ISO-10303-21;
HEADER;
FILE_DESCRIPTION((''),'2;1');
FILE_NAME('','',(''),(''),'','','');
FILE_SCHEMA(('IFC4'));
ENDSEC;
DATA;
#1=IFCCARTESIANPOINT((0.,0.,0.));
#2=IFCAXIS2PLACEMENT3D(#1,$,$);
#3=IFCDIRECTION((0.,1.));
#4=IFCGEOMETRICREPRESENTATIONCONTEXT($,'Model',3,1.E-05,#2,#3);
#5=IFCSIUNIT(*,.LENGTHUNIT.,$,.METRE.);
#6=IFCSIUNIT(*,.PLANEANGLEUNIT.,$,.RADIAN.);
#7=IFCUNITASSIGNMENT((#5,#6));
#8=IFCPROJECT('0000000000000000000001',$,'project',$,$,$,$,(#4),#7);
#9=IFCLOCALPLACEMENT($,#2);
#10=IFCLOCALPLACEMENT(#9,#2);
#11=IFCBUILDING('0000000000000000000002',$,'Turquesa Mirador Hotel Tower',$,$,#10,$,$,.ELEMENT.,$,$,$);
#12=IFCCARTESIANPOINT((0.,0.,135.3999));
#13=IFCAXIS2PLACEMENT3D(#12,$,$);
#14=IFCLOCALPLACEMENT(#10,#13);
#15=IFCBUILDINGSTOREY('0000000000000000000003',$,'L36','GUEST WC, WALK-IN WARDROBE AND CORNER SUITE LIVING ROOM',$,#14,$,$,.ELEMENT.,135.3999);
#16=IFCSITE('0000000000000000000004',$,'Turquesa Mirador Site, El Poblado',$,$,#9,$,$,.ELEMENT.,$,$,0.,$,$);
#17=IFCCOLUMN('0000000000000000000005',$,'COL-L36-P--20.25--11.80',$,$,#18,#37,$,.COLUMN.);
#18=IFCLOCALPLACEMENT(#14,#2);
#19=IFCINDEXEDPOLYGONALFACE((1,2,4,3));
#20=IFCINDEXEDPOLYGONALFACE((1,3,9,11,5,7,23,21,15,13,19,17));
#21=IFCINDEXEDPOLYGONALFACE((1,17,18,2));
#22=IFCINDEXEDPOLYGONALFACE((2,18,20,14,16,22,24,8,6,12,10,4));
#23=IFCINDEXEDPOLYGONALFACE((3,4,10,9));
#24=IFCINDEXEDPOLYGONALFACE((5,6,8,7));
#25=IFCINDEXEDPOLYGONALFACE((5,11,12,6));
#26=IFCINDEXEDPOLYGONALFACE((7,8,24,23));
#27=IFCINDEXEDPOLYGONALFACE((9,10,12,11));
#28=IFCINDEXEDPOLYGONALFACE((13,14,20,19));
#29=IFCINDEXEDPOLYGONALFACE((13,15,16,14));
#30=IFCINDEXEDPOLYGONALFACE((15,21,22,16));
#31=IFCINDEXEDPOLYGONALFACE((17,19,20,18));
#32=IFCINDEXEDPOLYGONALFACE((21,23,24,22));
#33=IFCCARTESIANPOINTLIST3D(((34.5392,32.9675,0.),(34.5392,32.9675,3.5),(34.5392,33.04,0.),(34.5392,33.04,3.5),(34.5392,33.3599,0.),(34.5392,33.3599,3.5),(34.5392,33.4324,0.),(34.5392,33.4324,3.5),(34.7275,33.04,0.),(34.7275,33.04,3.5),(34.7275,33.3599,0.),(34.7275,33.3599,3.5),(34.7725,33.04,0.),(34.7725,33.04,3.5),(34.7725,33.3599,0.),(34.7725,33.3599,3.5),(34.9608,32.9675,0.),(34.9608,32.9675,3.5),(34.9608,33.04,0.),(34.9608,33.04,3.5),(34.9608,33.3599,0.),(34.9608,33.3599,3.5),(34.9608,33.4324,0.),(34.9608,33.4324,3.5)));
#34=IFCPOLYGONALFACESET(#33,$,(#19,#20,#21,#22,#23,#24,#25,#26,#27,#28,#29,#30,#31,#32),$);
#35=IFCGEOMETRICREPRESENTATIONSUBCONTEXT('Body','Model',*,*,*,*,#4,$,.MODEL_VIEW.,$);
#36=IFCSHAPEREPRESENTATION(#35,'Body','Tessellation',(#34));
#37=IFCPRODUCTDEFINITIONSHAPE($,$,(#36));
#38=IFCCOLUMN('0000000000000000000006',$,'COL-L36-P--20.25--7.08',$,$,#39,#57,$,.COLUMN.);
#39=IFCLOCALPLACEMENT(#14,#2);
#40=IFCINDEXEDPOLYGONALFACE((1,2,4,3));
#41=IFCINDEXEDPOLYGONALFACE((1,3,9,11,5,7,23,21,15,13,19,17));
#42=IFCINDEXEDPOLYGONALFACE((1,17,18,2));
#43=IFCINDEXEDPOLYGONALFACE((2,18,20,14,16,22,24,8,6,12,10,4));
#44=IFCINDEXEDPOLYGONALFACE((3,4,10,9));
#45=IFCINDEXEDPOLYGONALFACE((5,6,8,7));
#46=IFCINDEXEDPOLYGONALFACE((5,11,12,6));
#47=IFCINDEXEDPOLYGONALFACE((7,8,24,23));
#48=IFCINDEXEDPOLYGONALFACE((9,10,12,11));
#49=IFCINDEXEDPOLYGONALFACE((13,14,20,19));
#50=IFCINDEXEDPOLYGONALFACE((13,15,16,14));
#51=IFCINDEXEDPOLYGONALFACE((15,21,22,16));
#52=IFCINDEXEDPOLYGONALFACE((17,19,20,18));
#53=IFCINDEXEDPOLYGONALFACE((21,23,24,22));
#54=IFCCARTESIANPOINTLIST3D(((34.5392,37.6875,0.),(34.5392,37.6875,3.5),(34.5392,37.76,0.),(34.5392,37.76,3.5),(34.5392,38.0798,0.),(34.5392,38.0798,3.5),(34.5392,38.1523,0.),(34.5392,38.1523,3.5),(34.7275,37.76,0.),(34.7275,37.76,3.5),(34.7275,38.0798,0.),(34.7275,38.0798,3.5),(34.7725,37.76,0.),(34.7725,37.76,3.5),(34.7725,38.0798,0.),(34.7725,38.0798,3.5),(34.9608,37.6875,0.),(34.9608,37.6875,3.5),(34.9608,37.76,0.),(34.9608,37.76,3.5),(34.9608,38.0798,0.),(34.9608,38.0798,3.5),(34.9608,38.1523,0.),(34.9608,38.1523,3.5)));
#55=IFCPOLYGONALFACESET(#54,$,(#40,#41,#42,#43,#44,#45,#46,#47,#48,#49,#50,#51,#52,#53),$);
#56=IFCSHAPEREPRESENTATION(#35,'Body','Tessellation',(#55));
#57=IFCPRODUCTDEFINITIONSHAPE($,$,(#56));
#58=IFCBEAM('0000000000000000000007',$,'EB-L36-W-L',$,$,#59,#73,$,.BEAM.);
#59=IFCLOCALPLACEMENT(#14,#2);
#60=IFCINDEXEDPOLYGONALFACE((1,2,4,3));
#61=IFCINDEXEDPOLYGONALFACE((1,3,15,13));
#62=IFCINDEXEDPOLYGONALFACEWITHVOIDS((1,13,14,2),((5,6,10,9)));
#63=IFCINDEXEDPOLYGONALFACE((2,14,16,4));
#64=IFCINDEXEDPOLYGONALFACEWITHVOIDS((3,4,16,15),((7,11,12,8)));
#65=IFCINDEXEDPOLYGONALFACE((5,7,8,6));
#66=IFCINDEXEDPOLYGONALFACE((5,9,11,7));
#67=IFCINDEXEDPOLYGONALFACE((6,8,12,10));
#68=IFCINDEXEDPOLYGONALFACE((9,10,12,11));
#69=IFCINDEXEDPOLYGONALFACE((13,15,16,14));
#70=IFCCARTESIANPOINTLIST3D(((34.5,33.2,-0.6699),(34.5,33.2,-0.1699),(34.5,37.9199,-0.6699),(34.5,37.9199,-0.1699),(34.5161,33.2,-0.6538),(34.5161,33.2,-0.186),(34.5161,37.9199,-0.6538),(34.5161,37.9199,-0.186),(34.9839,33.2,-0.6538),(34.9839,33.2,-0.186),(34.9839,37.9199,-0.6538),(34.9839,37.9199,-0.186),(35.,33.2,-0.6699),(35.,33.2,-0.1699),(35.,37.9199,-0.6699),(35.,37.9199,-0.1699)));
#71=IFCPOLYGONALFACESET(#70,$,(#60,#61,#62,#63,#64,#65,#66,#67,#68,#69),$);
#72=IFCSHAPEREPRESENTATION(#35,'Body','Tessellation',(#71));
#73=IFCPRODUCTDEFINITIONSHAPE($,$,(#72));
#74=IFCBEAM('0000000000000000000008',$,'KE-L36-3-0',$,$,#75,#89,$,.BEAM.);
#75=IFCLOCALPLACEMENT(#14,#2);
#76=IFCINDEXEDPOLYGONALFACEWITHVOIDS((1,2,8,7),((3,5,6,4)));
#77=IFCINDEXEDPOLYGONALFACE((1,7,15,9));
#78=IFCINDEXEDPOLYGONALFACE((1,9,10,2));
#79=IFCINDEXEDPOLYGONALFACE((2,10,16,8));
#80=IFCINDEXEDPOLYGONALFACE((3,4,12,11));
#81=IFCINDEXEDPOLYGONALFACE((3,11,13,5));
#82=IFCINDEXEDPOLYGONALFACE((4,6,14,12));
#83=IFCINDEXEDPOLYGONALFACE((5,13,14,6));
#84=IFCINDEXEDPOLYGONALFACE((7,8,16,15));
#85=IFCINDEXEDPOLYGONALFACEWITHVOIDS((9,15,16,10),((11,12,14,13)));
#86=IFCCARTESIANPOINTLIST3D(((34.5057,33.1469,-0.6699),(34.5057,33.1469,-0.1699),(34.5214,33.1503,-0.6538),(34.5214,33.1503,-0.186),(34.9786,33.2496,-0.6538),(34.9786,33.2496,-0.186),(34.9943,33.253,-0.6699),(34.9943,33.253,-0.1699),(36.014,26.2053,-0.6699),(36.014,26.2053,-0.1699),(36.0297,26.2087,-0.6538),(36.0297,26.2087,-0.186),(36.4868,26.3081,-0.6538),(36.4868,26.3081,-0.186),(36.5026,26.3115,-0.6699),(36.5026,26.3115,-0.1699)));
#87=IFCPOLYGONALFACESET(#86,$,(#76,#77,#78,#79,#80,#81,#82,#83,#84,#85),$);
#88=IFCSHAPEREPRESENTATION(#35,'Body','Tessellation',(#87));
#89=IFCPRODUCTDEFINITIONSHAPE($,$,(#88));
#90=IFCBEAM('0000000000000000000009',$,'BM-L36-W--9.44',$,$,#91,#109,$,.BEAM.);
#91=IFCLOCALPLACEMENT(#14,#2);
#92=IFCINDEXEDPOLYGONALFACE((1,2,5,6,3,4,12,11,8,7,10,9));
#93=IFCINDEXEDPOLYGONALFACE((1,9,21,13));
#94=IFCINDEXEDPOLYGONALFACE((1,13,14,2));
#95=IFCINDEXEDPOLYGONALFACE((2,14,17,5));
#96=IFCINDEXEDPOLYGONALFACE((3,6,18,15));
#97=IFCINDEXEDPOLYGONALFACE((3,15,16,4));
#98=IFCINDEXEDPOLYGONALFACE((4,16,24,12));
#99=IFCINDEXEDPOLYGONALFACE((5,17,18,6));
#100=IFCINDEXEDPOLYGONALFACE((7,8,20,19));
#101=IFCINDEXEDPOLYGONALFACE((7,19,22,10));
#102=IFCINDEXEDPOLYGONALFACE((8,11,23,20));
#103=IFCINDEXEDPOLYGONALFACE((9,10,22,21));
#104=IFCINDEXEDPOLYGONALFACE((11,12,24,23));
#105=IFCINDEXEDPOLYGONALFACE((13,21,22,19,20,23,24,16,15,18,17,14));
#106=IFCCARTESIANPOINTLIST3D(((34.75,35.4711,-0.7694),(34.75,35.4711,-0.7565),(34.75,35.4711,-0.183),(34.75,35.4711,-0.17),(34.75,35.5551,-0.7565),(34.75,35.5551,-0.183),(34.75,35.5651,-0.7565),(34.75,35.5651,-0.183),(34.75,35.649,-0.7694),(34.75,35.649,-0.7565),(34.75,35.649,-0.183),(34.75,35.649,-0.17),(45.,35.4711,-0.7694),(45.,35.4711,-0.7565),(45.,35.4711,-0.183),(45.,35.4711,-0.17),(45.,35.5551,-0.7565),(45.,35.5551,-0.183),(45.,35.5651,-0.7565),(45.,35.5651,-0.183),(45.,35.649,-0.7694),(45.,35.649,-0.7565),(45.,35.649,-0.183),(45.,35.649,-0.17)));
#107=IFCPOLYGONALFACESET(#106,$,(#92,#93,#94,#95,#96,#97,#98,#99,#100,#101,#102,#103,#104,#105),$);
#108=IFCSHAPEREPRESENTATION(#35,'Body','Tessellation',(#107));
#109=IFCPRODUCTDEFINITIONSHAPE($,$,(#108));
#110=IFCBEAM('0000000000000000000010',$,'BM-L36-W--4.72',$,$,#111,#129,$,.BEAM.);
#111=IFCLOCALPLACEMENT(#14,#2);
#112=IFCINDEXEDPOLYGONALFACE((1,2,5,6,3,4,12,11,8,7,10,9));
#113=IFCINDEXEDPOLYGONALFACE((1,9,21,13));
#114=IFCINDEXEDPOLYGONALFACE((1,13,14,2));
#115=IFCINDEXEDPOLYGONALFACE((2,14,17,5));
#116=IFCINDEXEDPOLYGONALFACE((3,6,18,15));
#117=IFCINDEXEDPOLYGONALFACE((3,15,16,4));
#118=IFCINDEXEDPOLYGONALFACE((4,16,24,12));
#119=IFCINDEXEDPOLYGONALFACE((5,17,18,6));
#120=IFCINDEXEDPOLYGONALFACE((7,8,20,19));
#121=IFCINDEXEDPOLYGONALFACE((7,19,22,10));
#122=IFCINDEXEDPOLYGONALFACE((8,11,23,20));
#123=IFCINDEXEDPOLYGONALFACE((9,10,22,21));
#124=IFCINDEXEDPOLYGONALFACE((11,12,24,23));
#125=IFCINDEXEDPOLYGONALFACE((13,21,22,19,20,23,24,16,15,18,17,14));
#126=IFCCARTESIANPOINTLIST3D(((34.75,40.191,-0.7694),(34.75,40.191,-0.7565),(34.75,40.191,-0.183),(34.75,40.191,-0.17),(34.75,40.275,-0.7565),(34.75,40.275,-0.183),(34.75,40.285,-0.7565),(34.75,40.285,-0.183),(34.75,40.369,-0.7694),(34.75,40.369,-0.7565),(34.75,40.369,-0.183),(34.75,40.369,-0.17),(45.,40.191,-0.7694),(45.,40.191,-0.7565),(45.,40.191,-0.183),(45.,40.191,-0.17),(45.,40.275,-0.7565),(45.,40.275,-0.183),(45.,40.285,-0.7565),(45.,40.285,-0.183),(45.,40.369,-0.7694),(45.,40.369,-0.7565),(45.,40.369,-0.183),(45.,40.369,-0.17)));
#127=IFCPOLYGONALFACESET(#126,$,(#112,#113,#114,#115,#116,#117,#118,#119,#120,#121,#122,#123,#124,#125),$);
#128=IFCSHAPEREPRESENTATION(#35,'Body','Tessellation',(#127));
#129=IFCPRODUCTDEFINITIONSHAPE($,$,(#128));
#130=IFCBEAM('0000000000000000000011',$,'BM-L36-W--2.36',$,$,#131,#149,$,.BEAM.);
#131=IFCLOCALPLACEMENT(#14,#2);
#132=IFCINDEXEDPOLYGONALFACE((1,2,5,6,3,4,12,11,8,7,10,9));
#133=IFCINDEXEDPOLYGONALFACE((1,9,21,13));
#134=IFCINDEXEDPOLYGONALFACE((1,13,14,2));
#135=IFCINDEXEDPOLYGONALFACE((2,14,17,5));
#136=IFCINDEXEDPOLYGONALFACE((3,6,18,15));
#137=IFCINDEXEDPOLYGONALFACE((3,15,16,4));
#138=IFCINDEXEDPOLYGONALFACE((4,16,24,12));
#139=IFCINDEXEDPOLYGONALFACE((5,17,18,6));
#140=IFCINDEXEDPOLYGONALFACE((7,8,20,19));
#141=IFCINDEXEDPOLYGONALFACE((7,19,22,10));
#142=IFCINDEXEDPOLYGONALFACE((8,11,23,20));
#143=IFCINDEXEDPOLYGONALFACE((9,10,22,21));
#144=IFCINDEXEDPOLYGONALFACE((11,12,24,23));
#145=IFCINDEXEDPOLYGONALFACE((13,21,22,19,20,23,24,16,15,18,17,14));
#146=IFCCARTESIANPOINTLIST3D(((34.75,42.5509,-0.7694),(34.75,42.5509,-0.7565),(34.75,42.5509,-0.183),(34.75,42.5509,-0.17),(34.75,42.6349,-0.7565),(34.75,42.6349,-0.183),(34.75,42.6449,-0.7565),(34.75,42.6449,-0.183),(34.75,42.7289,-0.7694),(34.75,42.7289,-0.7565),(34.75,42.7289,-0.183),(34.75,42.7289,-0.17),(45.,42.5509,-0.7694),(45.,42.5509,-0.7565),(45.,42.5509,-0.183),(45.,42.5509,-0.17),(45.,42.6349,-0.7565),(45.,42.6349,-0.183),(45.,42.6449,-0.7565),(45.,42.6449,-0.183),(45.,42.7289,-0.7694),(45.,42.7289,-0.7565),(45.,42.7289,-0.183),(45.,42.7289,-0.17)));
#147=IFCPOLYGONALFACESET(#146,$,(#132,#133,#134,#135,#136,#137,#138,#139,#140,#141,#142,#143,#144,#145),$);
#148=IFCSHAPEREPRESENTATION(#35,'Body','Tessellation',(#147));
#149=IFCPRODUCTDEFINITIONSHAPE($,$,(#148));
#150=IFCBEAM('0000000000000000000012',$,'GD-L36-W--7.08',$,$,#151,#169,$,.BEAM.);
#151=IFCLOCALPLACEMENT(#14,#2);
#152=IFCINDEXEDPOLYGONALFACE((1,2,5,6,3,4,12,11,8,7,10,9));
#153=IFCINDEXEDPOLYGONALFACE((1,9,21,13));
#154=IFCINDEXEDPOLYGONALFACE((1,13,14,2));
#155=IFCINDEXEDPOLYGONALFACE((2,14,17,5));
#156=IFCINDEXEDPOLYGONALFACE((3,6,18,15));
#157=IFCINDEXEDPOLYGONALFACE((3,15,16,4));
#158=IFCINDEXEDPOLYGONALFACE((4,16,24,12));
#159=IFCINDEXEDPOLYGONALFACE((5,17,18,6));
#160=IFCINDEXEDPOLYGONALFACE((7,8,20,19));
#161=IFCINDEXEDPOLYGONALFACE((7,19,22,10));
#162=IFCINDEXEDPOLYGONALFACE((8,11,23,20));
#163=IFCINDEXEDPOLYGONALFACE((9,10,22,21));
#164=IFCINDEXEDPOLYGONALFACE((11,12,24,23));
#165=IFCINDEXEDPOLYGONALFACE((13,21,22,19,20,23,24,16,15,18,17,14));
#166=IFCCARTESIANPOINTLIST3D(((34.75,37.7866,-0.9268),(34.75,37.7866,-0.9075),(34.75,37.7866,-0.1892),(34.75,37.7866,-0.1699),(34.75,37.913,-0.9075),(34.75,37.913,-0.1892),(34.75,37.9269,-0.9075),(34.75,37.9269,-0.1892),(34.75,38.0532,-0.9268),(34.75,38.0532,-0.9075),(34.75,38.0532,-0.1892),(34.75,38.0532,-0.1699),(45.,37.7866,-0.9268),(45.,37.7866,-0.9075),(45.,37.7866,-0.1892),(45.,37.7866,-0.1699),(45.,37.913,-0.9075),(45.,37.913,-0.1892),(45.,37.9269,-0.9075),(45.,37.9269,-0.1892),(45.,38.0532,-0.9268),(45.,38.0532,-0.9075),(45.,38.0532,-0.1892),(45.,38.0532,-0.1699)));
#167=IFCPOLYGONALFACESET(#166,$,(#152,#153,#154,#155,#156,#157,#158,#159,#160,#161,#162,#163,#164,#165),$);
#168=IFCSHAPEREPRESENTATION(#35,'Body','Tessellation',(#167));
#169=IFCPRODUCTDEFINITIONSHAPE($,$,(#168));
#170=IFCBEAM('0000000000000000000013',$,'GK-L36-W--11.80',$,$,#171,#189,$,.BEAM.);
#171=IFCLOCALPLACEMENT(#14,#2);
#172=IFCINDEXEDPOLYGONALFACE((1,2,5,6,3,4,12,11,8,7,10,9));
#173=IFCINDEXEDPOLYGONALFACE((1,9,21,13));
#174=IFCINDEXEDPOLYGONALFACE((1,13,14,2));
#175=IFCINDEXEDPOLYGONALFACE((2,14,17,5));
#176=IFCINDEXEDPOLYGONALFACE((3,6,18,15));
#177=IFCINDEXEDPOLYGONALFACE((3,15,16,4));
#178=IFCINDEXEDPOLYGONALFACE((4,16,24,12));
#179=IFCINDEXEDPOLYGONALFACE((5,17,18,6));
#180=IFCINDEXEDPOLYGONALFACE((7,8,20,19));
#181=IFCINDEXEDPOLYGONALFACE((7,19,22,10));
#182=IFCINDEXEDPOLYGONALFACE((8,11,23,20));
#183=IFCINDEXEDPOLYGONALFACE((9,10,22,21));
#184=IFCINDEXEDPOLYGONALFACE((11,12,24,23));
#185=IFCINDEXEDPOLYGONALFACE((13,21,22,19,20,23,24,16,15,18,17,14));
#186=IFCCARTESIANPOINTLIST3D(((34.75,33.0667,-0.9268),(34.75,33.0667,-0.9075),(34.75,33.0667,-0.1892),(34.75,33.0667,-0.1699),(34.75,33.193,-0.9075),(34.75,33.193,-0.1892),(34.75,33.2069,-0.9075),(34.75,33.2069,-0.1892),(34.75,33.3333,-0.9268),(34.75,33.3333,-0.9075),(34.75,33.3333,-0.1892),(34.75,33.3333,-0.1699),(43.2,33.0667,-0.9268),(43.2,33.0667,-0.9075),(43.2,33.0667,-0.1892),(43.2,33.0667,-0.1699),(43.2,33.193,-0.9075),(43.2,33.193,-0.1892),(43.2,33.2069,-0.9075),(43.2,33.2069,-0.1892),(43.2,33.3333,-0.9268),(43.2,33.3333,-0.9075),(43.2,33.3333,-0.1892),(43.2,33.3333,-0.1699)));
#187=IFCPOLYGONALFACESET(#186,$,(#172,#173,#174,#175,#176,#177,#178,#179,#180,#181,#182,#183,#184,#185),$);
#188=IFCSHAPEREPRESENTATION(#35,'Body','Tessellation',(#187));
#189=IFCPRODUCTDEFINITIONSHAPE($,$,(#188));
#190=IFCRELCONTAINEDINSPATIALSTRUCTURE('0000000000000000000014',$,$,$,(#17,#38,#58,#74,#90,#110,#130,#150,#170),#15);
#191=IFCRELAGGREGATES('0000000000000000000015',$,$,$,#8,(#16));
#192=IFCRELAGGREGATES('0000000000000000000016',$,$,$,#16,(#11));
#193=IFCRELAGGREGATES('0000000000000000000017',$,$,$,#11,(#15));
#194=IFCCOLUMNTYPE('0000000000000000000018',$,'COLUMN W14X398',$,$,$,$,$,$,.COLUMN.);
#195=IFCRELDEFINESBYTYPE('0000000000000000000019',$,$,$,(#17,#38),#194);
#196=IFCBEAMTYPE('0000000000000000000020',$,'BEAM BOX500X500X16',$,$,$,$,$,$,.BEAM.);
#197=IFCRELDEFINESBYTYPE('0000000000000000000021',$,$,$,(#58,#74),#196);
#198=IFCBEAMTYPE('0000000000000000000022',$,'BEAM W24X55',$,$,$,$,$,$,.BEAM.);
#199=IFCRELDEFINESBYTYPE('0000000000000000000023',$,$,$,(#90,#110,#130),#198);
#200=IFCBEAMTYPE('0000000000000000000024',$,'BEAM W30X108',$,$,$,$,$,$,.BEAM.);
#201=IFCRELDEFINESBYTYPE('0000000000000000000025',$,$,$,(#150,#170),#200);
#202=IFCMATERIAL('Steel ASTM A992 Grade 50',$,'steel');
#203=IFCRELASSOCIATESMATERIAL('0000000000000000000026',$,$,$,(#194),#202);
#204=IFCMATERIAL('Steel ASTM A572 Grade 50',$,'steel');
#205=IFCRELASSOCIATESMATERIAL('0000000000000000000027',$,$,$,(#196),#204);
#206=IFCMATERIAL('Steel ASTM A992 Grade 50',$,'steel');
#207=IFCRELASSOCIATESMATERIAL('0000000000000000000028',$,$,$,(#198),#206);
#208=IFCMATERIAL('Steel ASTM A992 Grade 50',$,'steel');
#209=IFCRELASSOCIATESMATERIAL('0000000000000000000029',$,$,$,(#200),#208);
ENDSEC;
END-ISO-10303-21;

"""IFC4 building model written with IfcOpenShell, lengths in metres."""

from ifc_helpers import new_model, si_unit, direction, frame, origin, origin_2d, place, context, subcontext, project, spatial, hollow_rectangle, i_section, extrude, material, material_profile, profile_set, type_object, element, save


model = new_model("IFC4")

# Units and contexts
model_context = context("Model", 3, precision=1e-05, world=origin(), true_north=direction((0.0, 1.0)))
body_context = subcontext(model_context, "Body", "Model", "MODEL_VIEW")
ifc_project = project(units=[si_unit("LENGTHUNIT", "METRE"), si_unit("PLANEANGLEUNIT", "RADIAN")], contexts=[model_context])

# Site, building, storey
site_placement = place(None, origin())
site = spatial("IfcSite", under=ifc_project, at=site_placement, Name="Turquesa Mirador Site, El Poblado", CompositionType="ELEMENT", RefElevation=0.0)
building_placement = place(site_placement, origin())
building = spatial("IfcBuilding", under=site, at=building_placement, Name="Turquesa Mirador Hotel Tower", CompositionType="ELEMENT")
storey_placement = place(building_placement, frame((0.0, 0.0, 135.3999)))
storey = spatial("IfcBuildingStorey", under=building, at=storey_placement, Name="L36", Description="GUEST WC, WALK-IN WARDROBE AND CORNER SUITE LIVING ROOM", CompositionType="ELEMENT", Elevation=135.3999)

# Columns
ifc_material_1 = material(Name="Steel ASTM A992 Grade 50", Category="steel")
ifc_material_profile_1 = material_profile(ifc_material_1, i_section(OverallWidth=0.4216, OverallDepth=0.4648, WebThickness=0.0449, FlangeThickness=0.0725, at=origin_2d()), Name="W14X398")
ifc_profile_set_1 = profile_set([ifc_material_profile_1], Name="Steel ASTM A992 Grade 50")
column_type = type_object("IfcColumnType", Name="COLUMN W14X398", PredefinedType="COLUMN", material=ifc_profile_set_1)
for number, where, z_axis, x_axis, name in (
    (1, (34.75, 33.2, 0.0), (0.0, 0.0, 1.0), (1.0, 0.0, 0.0), "COL-L36-P--20.25--11.80"),
    (2, (34.75, 37.9199, 0.0), (0.0, 0.0, 1.0), (1.0, 0.0, 0.0), "COL-L36-P--20.25--7.08"),
):
    element("IfcColumn", number, at=place(storey_placement, frame(where, z_axis=z_axis, x_axis=x_axis)), inside=storey, type_object=column_type, Name=name, PredefinedType="COLUMN", context=body_context, shape_type="SweptSolid", body=[
        extrude(i_section(OverallWidth=0.4216, OverallDepth=0.4648, WebThickness=0.0449, FlangeThickness=0.0725, at=origin_2d()), origin(), (0.0, 0.0, 1.0), 3.5),
    ])

# Beams
ifc_material_2 = material(Name="Steel ASTM A572 Grade 50", Category="steel")
ifc_material_profile_2 = material_profile(ifc_material_2, hollow_rectangle(XDim=0.5, YDim=0.5, WallThickness=0.0161, at=origin_2d()), Name="BOX500X500X16")
ifc_profile_set_2 = profile_set([ifc_material_profile_2], Name="Steel ASTM A572 Grade 50")
beam_type_1 = type_object("IfcBeamType", Name="BEAM BOX500X500X16", PredefinedType="BEAM", material=ifc_profile_set_2)
beam_1_placement = place(storey_placement, frame((34.75, 33.2, -0.4199), z_axis=(0.0, 1.0, 0.0), x_axis=(-1.0, 0.0, 0.0)))
element("IfcBeam", 3, at=beam_1_placement, inside=storey, type_object=beam_type_1, Name="EB-L36-W-L", PredefinedType="BEAM", context=body_context, shape_type="SweptSolid", body=[
    extrude(hollow_rectangle(XDim=0.5, YDim=0.5, WallThickness=0.0161, at=origin_2d()), origin(), (0.0, 0.0, 1.0), 4.72),
])
beam_2_placement = place(storey_placement, frame((34.75, 33.2, -0.4199), z_axis=(0.212328, -0.977198, 0.0), x_axis=(0.977198, 0.212328, 0.0)))
element("IfcBeam", 4, at=beam_2_placement, inside=storey, type_object=beam_type_1, Name="KE-L36-3-0", PredefinedType="BEAM", context=body_context, shape_type="SweptSolid", body=[
    extrude(hollow_rectangle(XDim=0.5, YDim=0.5, WallThickness=0.0161, at=origin_2d()), origin(), (0.0, 0.0, 1.0), 7.1035),
])
ifc_material_3 = material(Name="Steel ASTM A992 Grade 50", Category="steel")
ifc_material_profile_3 = material_profile(ifc_material_3, i_section(OverallWidth=0.178, OverallDepth=0.5994, WebThickness=0.01, FlangeThickness=0.0129, at=origin_2d()), Name="W24X55")
ifc_profile_set_3 = profile_set([ifc_material_profile_3], Name="Steel ASTM A992 Grade 50")
beam_type_2 = type_object("IfcBeamType", Name="BEAM W24X55", PredefinedType="BEAM", material=ifc_profile_set_3)
for number, where, z_axis, x_axis, name in (
    (5, (34.75, 35.5601, -0.4697), (1.0, 0.0, 0.0), (0.0, 1.0, 0.0), "BM-L36-W--9.44"),
    (6, (34.75, 40.28, -0.4697), (1.0, 0.0, 0.0), (0.0, 1.0, 0.0), "BM-L36-W--4.72"),
    (7, (34.75, 42.6399, -0.4697), (1.0, 0.0, 0.0), (0.0, 1.0, 0.0), "BM-L36-W--2.36"),
):
    element("IfcBeam", number, at=place(storey_placement, frame(where, z_axis=z_axis, x_axis=x_axis)), inside=storey, type_object=beam_type_2, Name=name, PredefinedType="BEAM", context=body_context, shape_type="SweptSolid", body=[
        extrude(i_section(OverallWidth=0.178, OverallDepth=0.5994, WebThickness=0.01, FlangeThickness=0.0129, at=origin_2d()), origin(), (0.0, 0.0, 1.0), 10.25),
    ])
ifc_material_4 = material(Name="Steel ASTM A992 Grade 50", Category="steel")
ifc_material_profile_4 = material_profile(ifc_material_4, i_section(OverallWidth=0.2666, OverallDepth=0.7568, WebThickness=0.0139, FlangeThickness=0.0193, at=origin_2d()), Name="W30X108")
ifc_profile_set_4 = profile_set([ifc_material_profile_4], Name="Steel ASTM A992 Grade 50")
beam_type_3 = type_object("IfcBeamType", Name="BEAM W30X108", PredefinedType="BEAM", material=ifc_profile_set_4)
beam_3_placement = place(storey_placement, frame((34.75, 37.9199, -0.5483), z_axis=(1.0, 0.0, 0.0), x_axis=(0.0, 1.0, 0.0)))
element("IfcBeam", 8, at=beam_3_placement, inside=storey, type_object=beam_type_3, Name="GD-L36-W--7.08", PredefinedType="BEAM", context=body_context, shape_type="SweptSolid", body=[
    extrude(i_section(OverallWidth=0.2666, OverallDepth=0.7568, WebThickness=0.0139, FlangeThickness=0.0193, at=origin_2d()), origin(), (0.0, 0.0, 1.0), 10.25),
])
beam_4_placement = place(storey_placement, frame((34.75, 33.2, -0.5483), z_axis=(1.0, 0.0, 0.0), x_axis=(0.0, 1.0, 0.0)))
element("IfcBeam", 9, at=beam_4_placement, inside=storey, type_object=beam_type_3, Name="GK-L36-W--11.80", PredefinedType="BEAM", context=body_context, shape_type="SweptSolid", body=[
    extrude(i_section(OverallWidth=0.2666, OverallDepth=0.7568, WebThickness=0.0139, FlangeThickness=0.0193, at=origin_2d()), origin(), (0.0, 0.0, 1.0), 8.45),
])

save(model, "model.ifc")
